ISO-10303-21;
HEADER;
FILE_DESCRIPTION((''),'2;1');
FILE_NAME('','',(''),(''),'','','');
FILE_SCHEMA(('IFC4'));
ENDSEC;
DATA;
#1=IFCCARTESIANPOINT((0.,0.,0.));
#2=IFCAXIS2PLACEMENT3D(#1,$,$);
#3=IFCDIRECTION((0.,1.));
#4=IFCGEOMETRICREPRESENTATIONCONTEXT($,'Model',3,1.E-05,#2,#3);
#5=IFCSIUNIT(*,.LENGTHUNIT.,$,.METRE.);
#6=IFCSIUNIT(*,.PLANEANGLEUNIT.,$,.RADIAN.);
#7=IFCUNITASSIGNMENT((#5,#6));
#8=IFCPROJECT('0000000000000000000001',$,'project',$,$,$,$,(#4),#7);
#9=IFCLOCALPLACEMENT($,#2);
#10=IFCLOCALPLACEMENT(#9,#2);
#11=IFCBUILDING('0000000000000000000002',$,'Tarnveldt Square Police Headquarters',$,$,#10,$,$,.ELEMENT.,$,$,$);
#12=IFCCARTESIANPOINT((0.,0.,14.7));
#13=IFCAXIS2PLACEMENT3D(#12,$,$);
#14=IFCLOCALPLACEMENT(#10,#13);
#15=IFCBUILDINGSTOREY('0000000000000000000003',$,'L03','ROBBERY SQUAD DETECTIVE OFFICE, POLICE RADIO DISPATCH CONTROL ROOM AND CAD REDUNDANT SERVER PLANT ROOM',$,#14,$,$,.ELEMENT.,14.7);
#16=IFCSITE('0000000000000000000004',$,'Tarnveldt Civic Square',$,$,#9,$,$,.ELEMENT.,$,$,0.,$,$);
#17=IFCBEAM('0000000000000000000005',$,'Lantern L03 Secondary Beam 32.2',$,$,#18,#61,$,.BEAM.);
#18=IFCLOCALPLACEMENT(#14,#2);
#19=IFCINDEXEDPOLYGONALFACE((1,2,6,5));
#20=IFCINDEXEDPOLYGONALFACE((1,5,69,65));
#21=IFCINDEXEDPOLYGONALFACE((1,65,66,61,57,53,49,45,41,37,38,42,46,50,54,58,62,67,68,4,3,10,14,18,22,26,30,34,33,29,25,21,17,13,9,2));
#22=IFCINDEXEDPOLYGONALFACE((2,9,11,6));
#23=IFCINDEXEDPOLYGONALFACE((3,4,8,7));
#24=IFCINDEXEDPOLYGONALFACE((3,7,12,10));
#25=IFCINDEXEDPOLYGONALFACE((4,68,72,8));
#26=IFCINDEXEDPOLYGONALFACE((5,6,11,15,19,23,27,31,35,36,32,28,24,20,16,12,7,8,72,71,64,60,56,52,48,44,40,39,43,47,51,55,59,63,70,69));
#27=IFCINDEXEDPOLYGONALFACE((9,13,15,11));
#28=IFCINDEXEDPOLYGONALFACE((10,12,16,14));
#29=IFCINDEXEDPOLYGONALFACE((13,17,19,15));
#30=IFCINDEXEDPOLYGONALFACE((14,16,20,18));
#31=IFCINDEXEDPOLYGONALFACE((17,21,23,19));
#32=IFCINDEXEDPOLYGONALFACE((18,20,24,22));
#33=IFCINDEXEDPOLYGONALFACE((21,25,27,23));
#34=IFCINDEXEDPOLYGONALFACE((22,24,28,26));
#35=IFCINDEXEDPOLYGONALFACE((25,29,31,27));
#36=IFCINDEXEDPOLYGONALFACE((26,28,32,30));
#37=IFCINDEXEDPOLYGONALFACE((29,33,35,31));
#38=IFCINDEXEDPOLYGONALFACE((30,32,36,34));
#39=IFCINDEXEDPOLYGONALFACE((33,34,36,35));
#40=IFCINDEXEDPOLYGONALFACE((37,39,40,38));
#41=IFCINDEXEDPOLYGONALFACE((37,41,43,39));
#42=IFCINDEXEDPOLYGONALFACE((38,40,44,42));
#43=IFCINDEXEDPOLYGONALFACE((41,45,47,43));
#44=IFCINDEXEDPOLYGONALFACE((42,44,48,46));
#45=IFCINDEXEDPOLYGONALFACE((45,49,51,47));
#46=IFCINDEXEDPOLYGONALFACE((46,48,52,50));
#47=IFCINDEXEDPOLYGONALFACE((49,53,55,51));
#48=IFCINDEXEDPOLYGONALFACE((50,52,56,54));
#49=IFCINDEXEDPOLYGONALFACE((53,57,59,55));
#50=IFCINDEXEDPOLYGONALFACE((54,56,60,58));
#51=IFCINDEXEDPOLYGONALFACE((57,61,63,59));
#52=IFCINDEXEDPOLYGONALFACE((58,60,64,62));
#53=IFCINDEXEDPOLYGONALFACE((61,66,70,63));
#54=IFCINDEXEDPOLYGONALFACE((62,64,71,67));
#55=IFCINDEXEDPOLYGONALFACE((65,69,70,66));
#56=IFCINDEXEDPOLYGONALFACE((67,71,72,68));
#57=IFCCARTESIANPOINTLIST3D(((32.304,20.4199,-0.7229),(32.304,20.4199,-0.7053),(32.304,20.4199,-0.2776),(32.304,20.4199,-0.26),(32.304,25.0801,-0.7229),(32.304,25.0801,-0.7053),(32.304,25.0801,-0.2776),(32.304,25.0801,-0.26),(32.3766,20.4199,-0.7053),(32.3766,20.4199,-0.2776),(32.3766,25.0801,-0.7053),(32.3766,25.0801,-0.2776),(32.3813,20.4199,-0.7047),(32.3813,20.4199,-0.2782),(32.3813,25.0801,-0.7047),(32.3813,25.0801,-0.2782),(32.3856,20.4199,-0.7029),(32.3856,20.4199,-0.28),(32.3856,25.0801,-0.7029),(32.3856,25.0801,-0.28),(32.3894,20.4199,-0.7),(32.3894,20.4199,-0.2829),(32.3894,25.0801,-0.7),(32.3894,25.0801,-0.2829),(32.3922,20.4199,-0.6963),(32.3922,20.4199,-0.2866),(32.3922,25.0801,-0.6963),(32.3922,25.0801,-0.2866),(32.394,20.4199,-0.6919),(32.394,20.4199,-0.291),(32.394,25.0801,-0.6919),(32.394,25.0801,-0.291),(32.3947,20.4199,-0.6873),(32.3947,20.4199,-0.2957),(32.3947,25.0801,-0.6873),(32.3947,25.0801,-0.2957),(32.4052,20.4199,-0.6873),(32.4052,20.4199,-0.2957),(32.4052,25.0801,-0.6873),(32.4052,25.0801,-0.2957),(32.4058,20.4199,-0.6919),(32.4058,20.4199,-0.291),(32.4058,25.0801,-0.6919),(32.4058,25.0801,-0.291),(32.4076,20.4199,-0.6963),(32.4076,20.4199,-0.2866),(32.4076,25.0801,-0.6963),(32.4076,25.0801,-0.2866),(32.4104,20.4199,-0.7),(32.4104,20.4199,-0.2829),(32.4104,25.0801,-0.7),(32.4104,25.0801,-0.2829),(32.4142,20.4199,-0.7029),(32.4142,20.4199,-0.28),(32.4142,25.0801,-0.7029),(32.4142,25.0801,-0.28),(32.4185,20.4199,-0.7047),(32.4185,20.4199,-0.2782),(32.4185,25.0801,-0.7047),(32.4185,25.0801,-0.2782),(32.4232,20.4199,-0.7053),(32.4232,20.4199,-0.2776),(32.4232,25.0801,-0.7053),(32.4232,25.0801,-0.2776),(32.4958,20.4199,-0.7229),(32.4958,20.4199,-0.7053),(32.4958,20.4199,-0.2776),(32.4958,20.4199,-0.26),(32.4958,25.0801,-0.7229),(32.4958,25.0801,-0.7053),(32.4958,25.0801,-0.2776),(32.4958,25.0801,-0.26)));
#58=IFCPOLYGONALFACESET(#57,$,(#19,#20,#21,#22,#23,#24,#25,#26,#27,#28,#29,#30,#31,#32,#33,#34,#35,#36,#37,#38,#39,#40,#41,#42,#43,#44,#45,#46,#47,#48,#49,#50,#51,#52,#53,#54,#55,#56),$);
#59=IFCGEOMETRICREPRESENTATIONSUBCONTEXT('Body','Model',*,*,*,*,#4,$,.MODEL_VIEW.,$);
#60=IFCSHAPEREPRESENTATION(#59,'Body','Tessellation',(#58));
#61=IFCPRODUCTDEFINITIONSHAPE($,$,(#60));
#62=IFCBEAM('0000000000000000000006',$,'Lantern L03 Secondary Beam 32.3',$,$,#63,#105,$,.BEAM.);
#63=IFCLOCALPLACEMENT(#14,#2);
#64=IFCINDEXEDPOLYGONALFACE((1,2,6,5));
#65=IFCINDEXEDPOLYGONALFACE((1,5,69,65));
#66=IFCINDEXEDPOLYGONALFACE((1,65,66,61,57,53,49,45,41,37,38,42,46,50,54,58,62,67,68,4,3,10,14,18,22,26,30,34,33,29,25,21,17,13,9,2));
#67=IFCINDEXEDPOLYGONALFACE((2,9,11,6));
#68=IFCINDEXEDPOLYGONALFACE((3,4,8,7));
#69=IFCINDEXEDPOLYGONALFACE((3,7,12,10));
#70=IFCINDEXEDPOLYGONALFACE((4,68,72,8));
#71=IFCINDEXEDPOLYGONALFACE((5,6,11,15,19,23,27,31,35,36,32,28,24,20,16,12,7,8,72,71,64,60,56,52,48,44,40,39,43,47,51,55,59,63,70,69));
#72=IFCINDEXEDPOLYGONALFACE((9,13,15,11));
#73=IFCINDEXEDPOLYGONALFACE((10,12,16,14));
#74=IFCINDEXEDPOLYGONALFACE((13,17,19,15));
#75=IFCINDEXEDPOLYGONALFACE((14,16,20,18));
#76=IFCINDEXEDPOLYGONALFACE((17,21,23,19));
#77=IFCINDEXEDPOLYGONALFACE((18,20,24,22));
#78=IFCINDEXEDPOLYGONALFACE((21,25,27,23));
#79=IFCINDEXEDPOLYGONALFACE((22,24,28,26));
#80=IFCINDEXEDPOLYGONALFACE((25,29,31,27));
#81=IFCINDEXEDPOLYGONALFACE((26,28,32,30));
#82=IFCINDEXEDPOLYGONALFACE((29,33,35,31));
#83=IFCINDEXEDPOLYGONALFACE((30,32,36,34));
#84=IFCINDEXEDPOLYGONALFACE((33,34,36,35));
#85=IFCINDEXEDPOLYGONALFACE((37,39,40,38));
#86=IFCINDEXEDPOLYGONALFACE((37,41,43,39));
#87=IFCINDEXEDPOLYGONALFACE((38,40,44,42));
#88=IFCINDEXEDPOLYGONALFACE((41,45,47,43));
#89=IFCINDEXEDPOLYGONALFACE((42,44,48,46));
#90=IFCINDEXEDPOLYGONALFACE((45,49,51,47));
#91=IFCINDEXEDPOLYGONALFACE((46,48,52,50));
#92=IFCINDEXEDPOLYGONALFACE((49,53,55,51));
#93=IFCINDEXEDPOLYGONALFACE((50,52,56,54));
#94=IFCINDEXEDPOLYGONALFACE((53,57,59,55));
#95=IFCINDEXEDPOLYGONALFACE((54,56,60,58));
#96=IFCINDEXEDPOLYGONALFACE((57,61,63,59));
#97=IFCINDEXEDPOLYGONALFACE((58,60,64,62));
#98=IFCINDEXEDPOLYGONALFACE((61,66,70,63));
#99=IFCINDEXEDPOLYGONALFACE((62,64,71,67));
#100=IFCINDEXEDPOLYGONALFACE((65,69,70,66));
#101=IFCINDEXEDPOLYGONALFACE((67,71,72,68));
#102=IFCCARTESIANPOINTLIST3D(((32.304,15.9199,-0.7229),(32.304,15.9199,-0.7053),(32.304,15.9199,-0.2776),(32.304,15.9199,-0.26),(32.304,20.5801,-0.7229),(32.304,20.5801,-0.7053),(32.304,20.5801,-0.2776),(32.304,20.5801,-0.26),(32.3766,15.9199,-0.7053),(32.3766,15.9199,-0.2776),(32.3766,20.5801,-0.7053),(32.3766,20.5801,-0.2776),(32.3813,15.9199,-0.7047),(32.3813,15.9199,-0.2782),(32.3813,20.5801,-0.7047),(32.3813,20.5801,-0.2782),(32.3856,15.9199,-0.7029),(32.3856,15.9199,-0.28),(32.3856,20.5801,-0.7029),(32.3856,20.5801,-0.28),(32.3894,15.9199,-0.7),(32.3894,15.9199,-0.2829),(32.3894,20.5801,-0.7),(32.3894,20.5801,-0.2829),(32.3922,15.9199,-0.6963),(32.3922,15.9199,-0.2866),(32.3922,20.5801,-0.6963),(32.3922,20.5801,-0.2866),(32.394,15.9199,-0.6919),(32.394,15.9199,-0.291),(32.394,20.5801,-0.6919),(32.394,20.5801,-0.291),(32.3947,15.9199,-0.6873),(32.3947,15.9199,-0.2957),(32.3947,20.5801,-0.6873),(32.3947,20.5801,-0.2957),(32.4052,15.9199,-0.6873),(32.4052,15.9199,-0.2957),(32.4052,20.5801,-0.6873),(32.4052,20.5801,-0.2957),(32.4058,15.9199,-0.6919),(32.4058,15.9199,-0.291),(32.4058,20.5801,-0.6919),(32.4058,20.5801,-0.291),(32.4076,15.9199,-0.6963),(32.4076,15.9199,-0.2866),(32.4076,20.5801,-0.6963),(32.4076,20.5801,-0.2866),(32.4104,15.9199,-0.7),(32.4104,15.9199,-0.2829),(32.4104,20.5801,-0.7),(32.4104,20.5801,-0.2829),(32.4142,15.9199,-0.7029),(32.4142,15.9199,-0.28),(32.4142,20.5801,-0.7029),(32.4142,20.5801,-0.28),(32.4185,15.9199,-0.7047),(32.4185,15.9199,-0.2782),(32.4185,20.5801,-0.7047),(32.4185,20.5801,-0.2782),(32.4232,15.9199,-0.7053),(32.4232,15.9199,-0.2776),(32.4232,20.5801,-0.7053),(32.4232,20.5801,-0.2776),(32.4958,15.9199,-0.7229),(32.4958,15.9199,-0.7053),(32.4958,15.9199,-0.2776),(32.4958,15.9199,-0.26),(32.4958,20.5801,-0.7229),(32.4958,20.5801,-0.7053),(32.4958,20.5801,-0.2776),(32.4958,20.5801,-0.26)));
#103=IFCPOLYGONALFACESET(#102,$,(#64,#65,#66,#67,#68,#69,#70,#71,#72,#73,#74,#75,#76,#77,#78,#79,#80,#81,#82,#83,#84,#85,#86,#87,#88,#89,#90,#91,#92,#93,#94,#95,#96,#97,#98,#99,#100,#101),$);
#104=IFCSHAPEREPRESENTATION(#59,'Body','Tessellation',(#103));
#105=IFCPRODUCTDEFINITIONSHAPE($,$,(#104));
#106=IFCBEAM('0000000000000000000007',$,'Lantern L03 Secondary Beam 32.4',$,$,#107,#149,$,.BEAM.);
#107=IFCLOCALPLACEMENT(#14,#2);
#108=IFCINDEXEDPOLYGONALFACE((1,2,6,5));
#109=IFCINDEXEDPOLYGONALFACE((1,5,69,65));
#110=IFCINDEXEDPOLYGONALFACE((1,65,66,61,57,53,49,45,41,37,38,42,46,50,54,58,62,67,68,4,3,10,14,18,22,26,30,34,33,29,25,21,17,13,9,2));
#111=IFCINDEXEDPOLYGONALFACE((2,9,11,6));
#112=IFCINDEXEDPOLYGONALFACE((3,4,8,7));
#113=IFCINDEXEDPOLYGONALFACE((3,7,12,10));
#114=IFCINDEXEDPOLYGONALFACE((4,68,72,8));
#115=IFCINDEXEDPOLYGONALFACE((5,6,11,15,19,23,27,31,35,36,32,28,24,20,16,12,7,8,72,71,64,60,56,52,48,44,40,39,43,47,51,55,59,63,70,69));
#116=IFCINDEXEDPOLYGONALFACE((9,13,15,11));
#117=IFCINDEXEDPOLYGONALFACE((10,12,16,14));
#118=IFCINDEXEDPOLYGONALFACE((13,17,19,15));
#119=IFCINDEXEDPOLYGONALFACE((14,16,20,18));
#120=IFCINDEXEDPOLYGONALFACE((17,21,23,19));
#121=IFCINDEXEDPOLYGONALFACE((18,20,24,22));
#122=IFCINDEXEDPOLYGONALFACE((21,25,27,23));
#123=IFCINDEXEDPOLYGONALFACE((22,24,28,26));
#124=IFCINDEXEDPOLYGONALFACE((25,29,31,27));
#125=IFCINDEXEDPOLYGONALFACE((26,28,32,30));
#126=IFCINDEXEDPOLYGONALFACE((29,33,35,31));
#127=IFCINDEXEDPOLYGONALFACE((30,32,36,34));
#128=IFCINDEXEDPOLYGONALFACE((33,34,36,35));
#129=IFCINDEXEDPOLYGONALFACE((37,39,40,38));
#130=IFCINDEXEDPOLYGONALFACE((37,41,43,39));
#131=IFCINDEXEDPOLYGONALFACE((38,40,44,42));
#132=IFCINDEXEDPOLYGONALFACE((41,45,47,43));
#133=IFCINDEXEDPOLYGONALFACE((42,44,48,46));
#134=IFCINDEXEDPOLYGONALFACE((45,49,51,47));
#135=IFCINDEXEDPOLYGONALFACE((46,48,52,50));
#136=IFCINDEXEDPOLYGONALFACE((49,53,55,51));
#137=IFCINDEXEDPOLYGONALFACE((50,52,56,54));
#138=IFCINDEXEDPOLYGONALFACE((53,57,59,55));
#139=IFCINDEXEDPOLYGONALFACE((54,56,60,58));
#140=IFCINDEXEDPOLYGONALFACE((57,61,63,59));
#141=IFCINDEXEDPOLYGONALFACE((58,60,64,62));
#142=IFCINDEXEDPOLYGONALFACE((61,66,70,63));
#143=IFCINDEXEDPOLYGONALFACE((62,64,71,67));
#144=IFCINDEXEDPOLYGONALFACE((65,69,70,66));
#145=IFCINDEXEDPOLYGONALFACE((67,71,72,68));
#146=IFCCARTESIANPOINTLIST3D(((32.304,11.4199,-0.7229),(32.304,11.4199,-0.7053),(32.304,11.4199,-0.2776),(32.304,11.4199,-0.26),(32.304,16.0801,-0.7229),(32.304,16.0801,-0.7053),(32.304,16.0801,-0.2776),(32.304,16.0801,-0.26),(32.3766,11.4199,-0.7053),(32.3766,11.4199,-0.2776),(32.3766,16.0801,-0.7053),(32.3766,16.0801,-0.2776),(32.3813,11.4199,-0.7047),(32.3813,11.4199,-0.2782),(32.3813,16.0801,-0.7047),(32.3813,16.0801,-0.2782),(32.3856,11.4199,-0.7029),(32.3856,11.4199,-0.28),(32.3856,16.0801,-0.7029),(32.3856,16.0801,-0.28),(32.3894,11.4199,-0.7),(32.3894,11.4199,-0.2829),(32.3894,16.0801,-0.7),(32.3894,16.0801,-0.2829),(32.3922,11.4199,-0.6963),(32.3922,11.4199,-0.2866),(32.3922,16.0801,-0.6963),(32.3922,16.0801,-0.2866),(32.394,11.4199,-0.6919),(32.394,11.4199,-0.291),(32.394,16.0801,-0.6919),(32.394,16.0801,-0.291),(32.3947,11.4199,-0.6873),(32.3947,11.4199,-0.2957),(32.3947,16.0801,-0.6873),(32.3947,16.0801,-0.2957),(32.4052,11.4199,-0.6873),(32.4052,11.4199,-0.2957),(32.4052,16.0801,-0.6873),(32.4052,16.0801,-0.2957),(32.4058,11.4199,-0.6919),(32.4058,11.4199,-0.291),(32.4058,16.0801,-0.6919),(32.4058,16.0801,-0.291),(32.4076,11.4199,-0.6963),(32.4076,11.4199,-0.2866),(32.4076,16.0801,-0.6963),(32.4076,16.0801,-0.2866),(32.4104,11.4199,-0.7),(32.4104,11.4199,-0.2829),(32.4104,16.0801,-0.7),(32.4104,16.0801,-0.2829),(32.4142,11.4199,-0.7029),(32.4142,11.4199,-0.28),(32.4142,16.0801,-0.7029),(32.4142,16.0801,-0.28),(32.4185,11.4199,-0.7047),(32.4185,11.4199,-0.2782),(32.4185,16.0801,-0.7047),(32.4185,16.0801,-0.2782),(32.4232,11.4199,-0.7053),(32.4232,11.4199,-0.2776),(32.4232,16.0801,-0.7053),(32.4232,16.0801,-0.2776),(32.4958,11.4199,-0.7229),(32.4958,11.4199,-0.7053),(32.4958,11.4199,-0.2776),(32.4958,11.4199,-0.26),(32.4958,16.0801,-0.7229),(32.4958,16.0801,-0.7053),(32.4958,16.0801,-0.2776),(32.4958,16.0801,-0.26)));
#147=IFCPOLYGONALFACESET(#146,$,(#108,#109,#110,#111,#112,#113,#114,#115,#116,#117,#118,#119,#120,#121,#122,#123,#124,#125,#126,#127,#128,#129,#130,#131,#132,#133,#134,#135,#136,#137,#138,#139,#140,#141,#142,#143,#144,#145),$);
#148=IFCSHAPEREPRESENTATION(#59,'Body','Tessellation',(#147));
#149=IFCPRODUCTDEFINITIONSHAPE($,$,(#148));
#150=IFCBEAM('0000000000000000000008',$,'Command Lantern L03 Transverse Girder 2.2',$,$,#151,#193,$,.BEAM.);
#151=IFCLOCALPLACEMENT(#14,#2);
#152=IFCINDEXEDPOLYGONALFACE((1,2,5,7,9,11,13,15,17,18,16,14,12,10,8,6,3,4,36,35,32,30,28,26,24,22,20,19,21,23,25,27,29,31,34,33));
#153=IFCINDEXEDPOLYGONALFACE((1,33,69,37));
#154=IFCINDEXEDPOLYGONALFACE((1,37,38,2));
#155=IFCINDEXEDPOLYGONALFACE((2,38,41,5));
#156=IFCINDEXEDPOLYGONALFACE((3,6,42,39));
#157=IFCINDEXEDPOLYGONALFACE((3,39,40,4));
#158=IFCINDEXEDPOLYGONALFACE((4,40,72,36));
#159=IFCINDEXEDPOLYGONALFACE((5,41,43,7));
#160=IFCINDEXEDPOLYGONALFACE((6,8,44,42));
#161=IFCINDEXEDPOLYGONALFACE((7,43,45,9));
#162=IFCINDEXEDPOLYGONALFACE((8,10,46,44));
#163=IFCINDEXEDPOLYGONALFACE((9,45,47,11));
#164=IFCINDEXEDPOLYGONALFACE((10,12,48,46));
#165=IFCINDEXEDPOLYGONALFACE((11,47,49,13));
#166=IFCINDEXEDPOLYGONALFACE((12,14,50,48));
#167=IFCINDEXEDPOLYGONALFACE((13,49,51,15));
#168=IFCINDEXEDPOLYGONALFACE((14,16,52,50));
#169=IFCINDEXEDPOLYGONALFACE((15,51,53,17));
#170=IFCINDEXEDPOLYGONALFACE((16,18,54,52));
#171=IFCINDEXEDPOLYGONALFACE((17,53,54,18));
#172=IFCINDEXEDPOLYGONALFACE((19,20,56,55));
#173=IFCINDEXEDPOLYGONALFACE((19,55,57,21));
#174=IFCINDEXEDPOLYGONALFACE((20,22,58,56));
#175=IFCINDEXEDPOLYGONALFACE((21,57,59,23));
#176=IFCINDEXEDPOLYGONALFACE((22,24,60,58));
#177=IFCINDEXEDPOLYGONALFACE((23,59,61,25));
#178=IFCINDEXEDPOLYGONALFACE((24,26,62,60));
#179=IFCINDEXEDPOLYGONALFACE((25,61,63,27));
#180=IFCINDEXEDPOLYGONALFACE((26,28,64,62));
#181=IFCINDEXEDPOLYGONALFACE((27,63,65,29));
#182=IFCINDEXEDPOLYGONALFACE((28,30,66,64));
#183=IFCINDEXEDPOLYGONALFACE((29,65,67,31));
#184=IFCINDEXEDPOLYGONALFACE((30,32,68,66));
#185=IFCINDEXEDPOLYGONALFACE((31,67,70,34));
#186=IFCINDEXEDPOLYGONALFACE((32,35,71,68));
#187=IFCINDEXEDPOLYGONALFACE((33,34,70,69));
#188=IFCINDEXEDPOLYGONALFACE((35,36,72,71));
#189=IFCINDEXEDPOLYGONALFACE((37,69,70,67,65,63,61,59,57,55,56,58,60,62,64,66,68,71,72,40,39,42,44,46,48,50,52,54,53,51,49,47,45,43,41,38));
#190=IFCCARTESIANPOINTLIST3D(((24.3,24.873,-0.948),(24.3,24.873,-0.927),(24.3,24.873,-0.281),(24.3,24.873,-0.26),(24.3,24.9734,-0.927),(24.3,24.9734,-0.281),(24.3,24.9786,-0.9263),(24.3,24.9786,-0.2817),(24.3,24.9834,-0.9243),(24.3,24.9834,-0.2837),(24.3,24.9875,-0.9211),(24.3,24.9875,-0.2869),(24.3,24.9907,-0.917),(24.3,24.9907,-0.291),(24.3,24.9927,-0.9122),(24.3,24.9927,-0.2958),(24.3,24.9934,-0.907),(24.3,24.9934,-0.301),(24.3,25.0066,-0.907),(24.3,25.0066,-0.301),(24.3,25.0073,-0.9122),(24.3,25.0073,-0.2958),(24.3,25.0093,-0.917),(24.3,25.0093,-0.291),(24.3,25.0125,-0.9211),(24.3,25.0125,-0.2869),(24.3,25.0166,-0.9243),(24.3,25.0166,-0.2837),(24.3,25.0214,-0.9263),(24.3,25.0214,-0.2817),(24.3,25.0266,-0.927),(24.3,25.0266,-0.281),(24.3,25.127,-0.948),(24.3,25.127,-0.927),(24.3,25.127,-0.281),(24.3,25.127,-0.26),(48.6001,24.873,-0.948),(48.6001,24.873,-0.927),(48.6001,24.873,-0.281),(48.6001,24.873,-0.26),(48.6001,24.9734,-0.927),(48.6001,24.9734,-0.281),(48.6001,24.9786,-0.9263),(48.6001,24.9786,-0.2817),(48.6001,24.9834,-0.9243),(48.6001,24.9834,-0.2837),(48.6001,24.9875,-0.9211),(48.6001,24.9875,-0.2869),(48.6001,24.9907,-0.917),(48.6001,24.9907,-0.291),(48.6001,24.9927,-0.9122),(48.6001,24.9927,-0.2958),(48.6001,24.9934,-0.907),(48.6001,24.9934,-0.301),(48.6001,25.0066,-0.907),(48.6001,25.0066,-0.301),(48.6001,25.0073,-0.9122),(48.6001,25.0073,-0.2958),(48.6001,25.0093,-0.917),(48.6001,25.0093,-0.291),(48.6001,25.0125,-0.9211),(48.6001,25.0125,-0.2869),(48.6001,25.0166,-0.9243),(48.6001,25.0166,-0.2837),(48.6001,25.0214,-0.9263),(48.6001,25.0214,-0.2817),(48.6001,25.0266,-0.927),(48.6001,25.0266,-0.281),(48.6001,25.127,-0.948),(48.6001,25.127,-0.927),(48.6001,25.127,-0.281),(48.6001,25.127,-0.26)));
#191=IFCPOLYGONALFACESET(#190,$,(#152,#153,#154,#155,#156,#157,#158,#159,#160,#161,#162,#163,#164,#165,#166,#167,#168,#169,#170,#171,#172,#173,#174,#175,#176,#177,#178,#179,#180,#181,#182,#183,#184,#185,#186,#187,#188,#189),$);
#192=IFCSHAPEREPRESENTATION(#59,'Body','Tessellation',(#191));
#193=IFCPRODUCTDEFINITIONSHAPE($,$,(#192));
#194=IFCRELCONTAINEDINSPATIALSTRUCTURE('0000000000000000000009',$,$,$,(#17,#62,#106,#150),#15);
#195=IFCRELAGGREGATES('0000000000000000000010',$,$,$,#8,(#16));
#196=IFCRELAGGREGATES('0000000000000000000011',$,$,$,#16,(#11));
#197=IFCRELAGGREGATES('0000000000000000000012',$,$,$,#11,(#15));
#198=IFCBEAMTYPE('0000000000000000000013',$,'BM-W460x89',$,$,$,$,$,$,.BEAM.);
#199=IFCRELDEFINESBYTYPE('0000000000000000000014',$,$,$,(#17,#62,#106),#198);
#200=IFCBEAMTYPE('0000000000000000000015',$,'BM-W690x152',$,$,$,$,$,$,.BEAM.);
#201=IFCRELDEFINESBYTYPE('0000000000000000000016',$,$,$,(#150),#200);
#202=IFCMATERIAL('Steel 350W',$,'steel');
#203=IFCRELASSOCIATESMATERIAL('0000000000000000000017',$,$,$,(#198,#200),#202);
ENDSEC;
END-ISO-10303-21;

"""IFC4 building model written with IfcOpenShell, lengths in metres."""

from ifc_helpers import new_model, si_unit, direction, frame, origin, origin_2d, place, context, subcontext, project, spatial, i_section, extrude, material, material_profile, profile_set, type_object, element, save


model = new_model("IFC4")

# Units and contexts
model_context = context("Model", 3, precision=1e-05, world=origin(), true_north=direction((0.0, 1.0)))
body_context = subcontext(model_context, "Body", "Model", "MODEL_VIEW")
ifc_project = project(units=[si_unit("LENGTHUNIT", "METRE"), si_unit("PLANEANGLEUNIT", "RADIAN")], contexts=[model_context])

# Site, building, storey
site_placement = place(None, origin())
site = spatial("IfcSite", under=ifc_project, at=site_placement, Name="Tarnveldt Civic Square", CompositionType="ELEMENT", RefElevation=0.0)
building_placement = place(site_placement, origin())
building = spatial("IfcBuilding", under=site, at=building_placement, Name="Tarnveldt Square Police Headquarters", CompositionType="ELEMENT")
storey_placement = place(building_placement, frame((0.0, 0.0, 14.7)))
storey = spatial("IfcBuildingStorey", under=building, at=storey_placement, Name="L03", Description="ROBBERY SQUAD DETECTIVE OFFICE, POLICE RADIO DISPATCH CONTROL ROOM AND CAD REDUNDANT SERVER PLANT ROOM", CompositionType="ELEMENT", Elevation=14.7)

# Beams
ifc_material_1 = material(Name="Steel 350W", Category="steel")
ifc_material_profile_1 = material_profile(ifc_material_1, i_section(OverallWidth=0.1919, OverallDepth=0.4629, WebThickness=0.0105, FlangeThickness=0.0176, FilletRadius=0.0181, at=origin_2d()), Name="W460x89")
ifc_profile_set_1 = profile_set([ifc_material_profile_1], Name="Steel 350W")
beam_type_1 = type_object("IfcBeamType", Name="BM-W460x89", PredefinedType="BEAM", material=ifc_profile_set_1)
for number, where, z_axis, x_axis, name in (
    (1, (32.3999, 25.0801, -0.4915), (0.0, -1.0, 0.0), (1.0, 0.0, 0.0), "Lantern L03 Secondary Beam 32.2"),
    (2, (32.3999, 20.5801, -0.4915), (0.0, -1.0, 0.0), (1.0, 0.0, 0.0), "Lantern L03 Secondary Beam 32.3"),
    (3, (32.3999, 16.0801, -0.4915), (0.0, -1.0, 0.0), (1.0, 0.0, 0.0), "Lantern L03 Secondary Beam 32.4"),
):
    element("IfcBeam", number, at=place(storey_placement, frame(where, z_axis=z_axis, x_axis=x_axis)), inside=storey, type_object=beam_type_1, Name=name, PredefinedType="BEAM", context=body_context, shape_type="SweptSolid", body=[
        extrude(i_section(OverallWidth=0.1919, OverallDepth=0.4629, WebThickness=0.0105, FlangeThickness=0.0176, FilletRadius=0.0181, at=origin_2d()), origin(), (0.0, 0.0, 1.0), 4.6602),
    ])
ifc_material_profile_2 = material_profile(ifc_material_1, i_section(OverallWidth=0.2539, OverallDepth=0.688, WebThickness=0.0132, FlangeThickness=0.021, FilletRadius=0.02, at=origin_2d()), Name="W690x152")
ifc_profile_set_2 = profile_set([ifc_material_profile_2], Name="Steel 350W")
beam_type_2 = type_object("IfcBeamType", Name="BM-W690x152", PredefinedType="BEAM", material=ifc_profile_set_2)
for number, where, z_axis, x_axis, name in (
    (4, (24.3, 25.0, -0.604), (1.0, 0.0, 0.0), (0.0, 1.0, 0.0), "Command Lantern L03 Transverse Girder 2.2"),
):
    element("IfcBeam", number, at=place(storey_placement, frame(where, z_axis=z_axis, x_axis=x_axis)), inside=storey, type_object=beam_type_2, Name=name, PredefinedType="BEAM", context=body_context, shape_type="SweptSolid", body=[
        extrude(i_section(OverallWidth=0.2539, OverallDepth=0.688, WebThickness=0.0132, FlangeThickness=0.021, FilletRadius=0.02, at=origin_2d()), origin(), (0.0, 0.0, 1.0), 24.3),
    ])

save(model, "model.ifc")
